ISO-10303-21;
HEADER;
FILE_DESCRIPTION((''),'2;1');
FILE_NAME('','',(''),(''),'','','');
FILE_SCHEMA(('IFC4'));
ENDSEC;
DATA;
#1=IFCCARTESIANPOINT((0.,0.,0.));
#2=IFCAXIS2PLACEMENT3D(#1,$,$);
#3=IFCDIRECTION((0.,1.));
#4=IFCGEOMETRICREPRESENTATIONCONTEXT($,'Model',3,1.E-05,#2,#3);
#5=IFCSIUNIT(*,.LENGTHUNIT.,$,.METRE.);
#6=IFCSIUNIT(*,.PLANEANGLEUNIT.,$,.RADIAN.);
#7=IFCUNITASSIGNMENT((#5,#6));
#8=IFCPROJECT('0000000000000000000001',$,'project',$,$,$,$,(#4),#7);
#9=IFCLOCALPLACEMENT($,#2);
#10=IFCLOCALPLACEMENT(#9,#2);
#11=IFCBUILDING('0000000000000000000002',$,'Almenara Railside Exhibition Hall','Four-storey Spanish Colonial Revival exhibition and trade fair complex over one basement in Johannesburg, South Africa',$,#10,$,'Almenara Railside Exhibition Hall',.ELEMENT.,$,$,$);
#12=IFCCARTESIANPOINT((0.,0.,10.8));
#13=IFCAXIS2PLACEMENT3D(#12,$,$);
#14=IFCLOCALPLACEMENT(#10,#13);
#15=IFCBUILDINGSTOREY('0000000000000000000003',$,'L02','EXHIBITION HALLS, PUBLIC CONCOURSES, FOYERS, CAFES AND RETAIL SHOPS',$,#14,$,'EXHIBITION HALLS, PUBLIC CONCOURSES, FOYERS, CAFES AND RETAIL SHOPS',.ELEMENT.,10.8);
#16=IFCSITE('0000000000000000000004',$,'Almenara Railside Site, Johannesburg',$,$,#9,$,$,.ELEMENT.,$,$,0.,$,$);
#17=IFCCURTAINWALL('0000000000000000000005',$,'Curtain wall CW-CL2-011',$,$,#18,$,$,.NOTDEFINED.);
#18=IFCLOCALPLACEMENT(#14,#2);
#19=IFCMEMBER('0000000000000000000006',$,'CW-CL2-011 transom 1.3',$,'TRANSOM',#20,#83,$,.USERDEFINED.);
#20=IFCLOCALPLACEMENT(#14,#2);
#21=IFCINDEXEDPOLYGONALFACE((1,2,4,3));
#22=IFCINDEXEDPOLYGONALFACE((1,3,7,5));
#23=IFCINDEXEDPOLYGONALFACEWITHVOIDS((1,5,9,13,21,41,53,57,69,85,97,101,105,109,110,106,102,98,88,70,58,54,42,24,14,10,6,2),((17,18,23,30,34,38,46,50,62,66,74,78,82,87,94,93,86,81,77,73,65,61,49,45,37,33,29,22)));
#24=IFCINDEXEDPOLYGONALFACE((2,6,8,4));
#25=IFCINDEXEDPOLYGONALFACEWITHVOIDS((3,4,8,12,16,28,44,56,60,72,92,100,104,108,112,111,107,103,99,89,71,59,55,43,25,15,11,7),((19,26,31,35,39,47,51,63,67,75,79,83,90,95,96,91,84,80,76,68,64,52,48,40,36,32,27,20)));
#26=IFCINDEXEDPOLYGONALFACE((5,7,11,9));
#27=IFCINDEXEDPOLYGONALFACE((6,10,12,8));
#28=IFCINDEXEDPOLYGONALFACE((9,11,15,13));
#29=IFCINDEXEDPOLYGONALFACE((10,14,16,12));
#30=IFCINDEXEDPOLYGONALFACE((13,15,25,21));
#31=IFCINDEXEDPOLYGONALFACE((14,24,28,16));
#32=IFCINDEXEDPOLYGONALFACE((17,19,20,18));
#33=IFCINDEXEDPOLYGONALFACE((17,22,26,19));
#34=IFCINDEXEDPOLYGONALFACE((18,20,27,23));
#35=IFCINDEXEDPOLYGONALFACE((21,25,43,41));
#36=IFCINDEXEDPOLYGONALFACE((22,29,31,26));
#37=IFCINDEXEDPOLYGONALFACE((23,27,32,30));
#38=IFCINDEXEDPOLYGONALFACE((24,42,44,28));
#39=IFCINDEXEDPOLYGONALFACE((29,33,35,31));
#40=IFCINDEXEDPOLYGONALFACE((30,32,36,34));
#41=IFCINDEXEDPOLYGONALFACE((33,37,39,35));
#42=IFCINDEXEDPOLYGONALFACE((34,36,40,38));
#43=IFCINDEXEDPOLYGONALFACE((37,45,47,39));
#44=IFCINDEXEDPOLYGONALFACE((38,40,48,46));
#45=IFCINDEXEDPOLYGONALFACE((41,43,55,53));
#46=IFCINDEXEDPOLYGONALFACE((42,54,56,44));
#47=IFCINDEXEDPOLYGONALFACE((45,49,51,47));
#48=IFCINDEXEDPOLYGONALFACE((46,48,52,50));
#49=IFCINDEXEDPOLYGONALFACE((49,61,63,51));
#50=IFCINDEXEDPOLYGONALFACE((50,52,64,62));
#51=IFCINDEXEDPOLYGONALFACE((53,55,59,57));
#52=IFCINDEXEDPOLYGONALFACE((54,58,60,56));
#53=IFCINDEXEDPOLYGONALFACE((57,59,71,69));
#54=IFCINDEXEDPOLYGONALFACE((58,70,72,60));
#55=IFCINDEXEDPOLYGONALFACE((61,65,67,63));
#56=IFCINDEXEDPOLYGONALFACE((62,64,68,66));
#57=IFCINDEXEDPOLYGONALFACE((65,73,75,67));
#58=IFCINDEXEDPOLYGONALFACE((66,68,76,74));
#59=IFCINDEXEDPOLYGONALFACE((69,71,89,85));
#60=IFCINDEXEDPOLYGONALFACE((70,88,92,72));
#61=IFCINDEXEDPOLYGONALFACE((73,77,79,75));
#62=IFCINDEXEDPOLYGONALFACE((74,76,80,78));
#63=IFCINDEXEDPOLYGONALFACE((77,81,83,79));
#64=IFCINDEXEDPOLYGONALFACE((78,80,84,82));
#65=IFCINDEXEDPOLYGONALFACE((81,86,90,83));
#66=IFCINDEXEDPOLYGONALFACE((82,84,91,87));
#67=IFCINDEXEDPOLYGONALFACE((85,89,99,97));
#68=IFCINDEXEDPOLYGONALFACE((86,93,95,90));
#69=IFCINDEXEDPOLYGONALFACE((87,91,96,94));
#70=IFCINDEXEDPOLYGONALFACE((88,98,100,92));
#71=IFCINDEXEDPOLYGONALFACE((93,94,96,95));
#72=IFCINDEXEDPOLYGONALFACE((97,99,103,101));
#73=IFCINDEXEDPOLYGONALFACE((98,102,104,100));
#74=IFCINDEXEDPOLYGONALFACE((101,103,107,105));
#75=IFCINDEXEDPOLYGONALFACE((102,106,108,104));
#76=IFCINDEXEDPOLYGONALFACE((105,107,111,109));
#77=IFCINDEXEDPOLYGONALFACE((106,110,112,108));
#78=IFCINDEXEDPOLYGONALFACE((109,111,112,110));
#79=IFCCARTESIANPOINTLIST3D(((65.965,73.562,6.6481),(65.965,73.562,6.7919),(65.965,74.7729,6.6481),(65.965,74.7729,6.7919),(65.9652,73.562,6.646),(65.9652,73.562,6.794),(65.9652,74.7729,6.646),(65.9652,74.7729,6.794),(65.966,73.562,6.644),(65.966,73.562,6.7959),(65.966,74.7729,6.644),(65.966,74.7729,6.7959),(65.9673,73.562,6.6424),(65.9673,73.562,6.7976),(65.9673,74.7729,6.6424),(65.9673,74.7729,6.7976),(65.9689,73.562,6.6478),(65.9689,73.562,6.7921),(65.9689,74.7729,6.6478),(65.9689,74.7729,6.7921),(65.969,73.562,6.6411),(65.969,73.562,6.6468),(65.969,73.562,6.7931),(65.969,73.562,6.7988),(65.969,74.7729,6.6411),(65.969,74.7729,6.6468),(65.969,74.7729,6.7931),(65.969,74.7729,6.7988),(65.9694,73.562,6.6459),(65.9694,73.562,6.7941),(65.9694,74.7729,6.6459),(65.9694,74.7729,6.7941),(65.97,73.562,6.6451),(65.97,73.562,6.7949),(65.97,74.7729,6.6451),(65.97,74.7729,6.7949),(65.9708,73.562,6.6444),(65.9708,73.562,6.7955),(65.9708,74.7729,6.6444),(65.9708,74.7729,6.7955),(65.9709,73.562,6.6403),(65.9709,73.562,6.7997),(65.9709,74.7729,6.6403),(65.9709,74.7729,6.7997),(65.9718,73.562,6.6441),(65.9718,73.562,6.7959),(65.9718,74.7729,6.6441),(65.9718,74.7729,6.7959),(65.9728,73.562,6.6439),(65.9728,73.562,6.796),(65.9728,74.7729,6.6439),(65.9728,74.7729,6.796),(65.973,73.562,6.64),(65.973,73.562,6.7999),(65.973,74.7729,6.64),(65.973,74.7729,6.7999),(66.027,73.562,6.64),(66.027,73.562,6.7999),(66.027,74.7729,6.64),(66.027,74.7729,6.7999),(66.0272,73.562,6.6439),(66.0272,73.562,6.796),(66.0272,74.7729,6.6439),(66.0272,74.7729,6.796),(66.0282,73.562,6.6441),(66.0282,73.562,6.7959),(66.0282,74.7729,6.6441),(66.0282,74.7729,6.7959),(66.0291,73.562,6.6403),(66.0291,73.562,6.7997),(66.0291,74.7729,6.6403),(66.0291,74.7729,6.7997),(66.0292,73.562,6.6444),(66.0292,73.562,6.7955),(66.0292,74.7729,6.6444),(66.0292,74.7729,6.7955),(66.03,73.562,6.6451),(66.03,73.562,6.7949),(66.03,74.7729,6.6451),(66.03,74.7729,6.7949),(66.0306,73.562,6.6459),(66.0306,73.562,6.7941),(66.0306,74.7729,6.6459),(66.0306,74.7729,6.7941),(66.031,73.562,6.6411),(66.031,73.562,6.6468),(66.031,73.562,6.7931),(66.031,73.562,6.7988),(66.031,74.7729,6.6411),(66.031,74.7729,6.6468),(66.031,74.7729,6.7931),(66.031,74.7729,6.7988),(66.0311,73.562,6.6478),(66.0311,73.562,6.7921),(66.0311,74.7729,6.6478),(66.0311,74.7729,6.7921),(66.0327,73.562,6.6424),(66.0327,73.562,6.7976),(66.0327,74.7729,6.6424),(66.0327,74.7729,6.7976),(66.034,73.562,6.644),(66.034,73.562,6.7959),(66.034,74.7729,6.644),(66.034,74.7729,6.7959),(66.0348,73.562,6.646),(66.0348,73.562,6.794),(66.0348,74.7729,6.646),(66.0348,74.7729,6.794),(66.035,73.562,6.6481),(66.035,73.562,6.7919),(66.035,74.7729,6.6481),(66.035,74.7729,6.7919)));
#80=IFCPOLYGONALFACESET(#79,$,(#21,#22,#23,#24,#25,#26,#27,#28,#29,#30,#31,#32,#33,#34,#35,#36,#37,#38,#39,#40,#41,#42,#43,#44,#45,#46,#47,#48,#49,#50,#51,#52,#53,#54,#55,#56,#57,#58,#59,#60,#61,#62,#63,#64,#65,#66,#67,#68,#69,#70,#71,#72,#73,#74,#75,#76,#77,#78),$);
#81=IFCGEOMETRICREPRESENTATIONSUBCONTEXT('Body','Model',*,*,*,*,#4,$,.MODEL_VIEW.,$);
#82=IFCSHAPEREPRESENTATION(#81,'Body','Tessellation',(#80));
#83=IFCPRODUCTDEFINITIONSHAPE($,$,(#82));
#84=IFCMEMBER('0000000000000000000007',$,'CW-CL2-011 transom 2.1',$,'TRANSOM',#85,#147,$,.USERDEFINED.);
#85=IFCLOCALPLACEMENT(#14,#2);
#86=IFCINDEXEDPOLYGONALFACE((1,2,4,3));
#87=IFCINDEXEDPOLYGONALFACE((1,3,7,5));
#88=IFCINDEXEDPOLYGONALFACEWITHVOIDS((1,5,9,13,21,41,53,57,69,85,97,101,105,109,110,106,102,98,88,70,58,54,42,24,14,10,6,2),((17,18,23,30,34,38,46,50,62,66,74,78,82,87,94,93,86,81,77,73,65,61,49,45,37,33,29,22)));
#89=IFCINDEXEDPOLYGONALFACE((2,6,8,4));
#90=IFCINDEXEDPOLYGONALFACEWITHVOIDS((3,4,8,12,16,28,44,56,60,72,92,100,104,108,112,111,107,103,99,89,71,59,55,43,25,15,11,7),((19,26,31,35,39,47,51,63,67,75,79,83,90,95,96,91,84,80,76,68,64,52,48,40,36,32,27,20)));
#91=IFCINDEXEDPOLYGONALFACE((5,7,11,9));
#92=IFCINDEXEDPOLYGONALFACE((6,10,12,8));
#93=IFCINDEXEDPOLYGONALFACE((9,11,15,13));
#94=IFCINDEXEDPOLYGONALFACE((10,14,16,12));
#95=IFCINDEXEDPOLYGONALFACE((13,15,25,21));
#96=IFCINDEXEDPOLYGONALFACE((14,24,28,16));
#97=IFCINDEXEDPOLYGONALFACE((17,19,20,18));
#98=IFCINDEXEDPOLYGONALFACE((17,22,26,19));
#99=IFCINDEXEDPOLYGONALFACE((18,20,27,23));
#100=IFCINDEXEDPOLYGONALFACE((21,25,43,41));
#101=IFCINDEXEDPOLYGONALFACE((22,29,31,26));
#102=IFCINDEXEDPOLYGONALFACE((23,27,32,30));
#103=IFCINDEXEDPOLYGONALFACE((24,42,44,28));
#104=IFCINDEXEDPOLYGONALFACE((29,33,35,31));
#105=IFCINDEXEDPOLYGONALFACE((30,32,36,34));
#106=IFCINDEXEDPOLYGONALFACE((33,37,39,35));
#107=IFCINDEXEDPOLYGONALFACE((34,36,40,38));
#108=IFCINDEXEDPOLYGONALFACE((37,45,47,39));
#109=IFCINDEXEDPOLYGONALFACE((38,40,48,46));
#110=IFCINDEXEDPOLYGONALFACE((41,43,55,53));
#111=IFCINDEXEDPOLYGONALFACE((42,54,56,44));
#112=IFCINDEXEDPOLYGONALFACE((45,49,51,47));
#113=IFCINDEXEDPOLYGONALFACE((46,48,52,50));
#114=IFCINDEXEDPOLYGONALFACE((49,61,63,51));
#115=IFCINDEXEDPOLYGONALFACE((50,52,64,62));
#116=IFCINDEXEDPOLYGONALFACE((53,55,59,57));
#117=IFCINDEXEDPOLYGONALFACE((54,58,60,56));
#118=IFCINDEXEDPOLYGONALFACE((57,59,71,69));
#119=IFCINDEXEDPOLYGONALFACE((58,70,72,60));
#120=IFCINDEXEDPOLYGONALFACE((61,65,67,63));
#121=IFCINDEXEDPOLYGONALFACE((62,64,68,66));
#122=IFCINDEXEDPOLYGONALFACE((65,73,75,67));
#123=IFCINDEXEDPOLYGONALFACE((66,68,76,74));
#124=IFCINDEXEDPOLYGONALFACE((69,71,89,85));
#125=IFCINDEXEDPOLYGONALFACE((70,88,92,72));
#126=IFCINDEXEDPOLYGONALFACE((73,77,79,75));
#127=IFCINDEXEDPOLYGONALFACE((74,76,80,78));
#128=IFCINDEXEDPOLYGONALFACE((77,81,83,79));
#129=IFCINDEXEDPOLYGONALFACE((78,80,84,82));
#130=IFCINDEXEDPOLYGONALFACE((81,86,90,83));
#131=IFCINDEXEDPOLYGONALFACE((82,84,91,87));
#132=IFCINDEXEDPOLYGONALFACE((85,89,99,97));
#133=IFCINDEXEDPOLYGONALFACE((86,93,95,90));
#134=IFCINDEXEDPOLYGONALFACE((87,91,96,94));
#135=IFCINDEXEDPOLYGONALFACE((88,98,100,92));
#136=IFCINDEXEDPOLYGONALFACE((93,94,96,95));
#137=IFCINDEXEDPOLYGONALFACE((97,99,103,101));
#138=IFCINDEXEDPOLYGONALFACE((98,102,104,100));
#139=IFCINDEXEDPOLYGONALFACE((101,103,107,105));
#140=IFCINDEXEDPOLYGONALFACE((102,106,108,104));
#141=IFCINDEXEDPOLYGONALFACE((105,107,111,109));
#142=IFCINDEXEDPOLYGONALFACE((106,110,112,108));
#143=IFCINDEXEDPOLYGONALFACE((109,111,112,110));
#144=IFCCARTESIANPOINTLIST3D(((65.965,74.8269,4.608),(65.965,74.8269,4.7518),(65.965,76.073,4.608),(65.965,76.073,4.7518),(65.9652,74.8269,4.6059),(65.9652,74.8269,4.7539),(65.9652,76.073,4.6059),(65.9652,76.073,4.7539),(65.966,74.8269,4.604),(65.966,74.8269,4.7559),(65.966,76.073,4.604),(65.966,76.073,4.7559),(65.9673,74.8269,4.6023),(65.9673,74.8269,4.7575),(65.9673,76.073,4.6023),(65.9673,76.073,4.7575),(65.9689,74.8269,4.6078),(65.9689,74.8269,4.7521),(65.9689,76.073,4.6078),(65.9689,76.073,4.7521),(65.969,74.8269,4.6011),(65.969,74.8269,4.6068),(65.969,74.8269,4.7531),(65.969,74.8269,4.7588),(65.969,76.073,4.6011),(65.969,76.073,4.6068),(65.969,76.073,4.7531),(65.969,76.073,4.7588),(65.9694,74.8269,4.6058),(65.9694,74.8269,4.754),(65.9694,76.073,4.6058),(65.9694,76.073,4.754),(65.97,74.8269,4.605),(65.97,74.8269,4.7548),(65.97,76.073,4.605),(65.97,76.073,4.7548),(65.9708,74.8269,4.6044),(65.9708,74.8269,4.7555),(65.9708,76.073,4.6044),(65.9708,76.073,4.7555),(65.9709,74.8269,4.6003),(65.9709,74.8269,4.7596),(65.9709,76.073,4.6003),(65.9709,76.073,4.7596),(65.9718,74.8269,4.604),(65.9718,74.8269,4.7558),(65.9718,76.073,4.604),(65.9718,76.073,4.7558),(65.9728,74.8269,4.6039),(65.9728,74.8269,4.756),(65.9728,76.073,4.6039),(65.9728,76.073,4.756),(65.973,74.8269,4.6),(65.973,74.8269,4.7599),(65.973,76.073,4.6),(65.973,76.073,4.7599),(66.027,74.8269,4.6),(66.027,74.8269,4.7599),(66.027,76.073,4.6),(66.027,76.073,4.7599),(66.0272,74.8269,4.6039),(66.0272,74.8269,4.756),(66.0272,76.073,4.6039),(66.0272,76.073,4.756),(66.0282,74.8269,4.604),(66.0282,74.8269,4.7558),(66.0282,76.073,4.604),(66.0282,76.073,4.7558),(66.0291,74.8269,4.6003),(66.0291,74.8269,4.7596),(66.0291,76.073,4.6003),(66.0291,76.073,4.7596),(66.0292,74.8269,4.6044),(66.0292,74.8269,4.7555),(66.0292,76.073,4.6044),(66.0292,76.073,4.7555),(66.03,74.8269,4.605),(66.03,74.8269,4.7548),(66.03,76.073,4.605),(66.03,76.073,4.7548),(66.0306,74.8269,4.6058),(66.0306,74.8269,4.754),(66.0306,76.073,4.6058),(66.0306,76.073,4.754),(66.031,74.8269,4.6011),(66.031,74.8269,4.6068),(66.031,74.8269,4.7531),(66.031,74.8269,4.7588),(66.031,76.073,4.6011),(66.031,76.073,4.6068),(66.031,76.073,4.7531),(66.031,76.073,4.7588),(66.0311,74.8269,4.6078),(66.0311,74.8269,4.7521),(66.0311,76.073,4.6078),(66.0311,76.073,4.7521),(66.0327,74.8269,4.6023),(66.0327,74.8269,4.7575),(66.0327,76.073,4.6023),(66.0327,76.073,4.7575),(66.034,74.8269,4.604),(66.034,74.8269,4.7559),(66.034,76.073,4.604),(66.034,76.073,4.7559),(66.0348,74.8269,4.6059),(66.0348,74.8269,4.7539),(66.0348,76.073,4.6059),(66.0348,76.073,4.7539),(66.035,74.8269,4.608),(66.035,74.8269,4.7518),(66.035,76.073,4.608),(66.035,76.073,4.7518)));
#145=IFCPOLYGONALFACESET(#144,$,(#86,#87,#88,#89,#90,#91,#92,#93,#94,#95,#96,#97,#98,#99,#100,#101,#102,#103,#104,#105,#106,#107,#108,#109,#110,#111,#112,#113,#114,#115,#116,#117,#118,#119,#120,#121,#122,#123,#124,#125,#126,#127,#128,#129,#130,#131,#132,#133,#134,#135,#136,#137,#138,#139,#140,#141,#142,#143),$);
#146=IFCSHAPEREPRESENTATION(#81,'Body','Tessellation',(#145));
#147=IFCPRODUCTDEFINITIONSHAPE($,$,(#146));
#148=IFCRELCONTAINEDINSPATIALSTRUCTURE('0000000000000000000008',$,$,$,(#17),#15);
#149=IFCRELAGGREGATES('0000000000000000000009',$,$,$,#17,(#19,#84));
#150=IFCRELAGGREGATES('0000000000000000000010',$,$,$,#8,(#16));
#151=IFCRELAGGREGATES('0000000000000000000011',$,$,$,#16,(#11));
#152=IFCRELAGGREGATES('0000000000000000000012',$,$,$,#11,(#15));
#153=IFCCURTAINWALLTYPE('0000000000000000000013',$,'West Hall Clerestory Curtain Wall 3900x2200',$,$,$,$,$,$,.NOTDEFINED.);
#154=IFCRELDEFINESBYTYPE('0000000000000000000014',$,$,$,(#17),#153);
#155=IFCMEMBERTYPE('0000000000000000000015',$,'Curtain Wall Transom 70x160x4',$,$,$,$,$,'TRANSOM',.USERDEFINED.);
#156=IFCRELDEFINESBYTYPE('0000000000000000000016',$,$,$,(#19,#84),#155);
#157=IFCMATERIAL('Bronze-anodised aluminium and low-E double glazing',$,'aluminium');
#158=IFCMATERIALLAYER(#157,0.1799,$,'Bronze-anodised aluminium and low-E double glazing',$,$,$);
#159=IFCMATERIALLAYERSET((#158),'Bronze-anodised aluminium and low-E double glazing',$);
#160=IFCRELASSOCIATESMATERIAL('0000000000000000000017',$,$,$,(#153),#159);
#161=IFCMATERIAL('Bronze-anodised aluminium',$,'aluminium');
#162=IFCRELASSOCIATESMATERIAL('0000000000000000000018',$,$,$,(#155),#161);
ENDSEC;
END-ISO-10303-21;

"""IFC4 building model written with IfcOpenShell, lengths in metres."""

from ifc_helpers import new_model, si_unit, direction, frame, origin, origin_2d, place, context, subcontext, project, spatial, hollow_rectangle, extrude, material, layer, layer_set, material_profile, profile_set, type_object, element, aggregate, save


model = new_model("IFC4")

# Units and contexts
model_context = context("Model", 3, precision=1e-05, world=origin(), true_north=direction((0.0, 1.0)))
body_context = subcontext(model_context, "Body", "Model", "MODEL_VIEW")
ifc_project = project(units=[si_unit("LENGTHUNIT", "METRE"), si_unit("PLANEANGLEUNIT", "RADIAN")], contexts=[model_context])

# Site, building, storey
site_placement = place(None, origin())
site = spatial("IfcSite", under=ifc_project, at=site_placement, Name="Almenara Railside Site, Johannesburg", CompositionType="ELEMENT", RefElevation=0.0)
building_placement = place(site_placement, origin())
building = spatial("IfcBuilding", under=site, at=building_placement, Name="Almenara Railside Exhibition Hall", Description="Four-storey Spanish Colonial Revival exhibition and trade fair complex over one basement in Johannesburg, South Africa", LongName="Almenara Railside Exhibition Hall", CompositionType="ELEMENT")
storey_placement = place(building_placement, frame((0.0, 0.0, 10.8)))
storey = spatial("IfcBuildingStorey", under=building, at=storey_placement, Name="L02", Description="EXHIBITION HALLS, PUBLIC CONCOURSES, FOYERS, CAFES AND RETAIL SHOPS", LongName="EXHIBITION HALLS, PUBLIC CONCOURSES, FOYERS, CAFES AND RETAIL SHOPS", CompositionType="ELEMENT", Elevation=10.8)

# Curtain wall
ifc_material_1 = material(Name="Bronze-anodised aluminium and low-E double glazing", Category="aluminium")
ifc_material_2 = material(Name="Bronze-anodised aluminium", Category="aluminium")
ifc_layer_1 = layer(ifc_material_1, 0.1799, Name="Bronze-anodised aluminium and low-E double glazing")
ifc_layer_set_1 = layer_set([ifc_layer_1], Name="Bronze-anodised aluminium and low-E double glazing")
curtain_wall_type_1 = type_object("IfcCurtainWallType", Name="West Hall Clerestory Curtain Wall 3900x2200", PredefinedType="NOTDEFINED", material=ifc_layer_set_1)
curtain_wall_1_placement = place(storey_placement, origin())
curtain_wall_1 = element("IfcCurtainWall", 1, at=curtain_wall_1_placement, inside=storey, type_object=curtain_wall_type_1, Name="Curtain wall CW-CL2-011", PredefinedType="NOTDEFINED")

# Members
ifc_material_profile_1 = material_profile(ifc_material_2, hollow_rectangle(XDim=0.0701, YDim=0.1599, WallThickness=0.0039, InnerFilletRadius=0.0039, OuterFilletRadius=0.0081, at=origin_2d()), Name="ALU-TRN 70x160x4")
ifc_profile_set_1 = profile_set([ifc_material_profile_1], Name="Bronze-anodised aluminium")
member_type_1 = type_object("IfcMemberType", Name="Curtain Wall Transom 70x160x4", ElementType="TRANSOM", PredefinedType="USERDEFINED", material=ifc_profile_set_1)
member_1_placement = place(storey_placement, frame((66.0, 73.562, 6.72), z_axis=(0.0, 1.0, 0.0), x_axis=(-1.0, 0.0, 0.0)))
member_1 = element("IfcMember", 2, at=member_1_placement, type_object=member_type_1, Name="CW-CL2-011 transom 1.3", ObjectType="TRANSOM", PredefinedType="USERDEFINED", context=body_context, shape_type="SweptSolid", body=[
    extrude(hollow_rectangle(XDim=0.0701, YDim=0.1599, WallThickness=0.0039, InnerFilletRadius=0.0039, OuterFilletRadius=0.0081, at=origin_2d()), origin(), (0.0, 0.0, 1.0), 1.2109),
])
member_2_placement = place(storey_placement, frame((66.0, 74.8269, 4.6799), z_axis=(0.0, 1.0, 0.0), x_axis=(-1.0, 0.0, 0.0)))
member_2 = element("IfcMember", 3, at=member_2_placement, type_object=member_type_1, Name="CW-CL2-011 transom 2.1", ObjectType="TRANSOM", PredefinedType="USERDEFINED", context=body_context, shape_type="SweptSolid", body=[
    extrude(hollow_rectangle(XDim=0.0701, YDim=0.1599, WallThickness=0.0039, InnerFilletRadius=0.0039, OuterFilletRadius=0.0081, at=origin_2d()), origin(), (0.0, 0.0, 1.0), 1.2461),
])

aggregate(curtain_wall_1, [member_1, member_2])

save(model, "model.ifc")
